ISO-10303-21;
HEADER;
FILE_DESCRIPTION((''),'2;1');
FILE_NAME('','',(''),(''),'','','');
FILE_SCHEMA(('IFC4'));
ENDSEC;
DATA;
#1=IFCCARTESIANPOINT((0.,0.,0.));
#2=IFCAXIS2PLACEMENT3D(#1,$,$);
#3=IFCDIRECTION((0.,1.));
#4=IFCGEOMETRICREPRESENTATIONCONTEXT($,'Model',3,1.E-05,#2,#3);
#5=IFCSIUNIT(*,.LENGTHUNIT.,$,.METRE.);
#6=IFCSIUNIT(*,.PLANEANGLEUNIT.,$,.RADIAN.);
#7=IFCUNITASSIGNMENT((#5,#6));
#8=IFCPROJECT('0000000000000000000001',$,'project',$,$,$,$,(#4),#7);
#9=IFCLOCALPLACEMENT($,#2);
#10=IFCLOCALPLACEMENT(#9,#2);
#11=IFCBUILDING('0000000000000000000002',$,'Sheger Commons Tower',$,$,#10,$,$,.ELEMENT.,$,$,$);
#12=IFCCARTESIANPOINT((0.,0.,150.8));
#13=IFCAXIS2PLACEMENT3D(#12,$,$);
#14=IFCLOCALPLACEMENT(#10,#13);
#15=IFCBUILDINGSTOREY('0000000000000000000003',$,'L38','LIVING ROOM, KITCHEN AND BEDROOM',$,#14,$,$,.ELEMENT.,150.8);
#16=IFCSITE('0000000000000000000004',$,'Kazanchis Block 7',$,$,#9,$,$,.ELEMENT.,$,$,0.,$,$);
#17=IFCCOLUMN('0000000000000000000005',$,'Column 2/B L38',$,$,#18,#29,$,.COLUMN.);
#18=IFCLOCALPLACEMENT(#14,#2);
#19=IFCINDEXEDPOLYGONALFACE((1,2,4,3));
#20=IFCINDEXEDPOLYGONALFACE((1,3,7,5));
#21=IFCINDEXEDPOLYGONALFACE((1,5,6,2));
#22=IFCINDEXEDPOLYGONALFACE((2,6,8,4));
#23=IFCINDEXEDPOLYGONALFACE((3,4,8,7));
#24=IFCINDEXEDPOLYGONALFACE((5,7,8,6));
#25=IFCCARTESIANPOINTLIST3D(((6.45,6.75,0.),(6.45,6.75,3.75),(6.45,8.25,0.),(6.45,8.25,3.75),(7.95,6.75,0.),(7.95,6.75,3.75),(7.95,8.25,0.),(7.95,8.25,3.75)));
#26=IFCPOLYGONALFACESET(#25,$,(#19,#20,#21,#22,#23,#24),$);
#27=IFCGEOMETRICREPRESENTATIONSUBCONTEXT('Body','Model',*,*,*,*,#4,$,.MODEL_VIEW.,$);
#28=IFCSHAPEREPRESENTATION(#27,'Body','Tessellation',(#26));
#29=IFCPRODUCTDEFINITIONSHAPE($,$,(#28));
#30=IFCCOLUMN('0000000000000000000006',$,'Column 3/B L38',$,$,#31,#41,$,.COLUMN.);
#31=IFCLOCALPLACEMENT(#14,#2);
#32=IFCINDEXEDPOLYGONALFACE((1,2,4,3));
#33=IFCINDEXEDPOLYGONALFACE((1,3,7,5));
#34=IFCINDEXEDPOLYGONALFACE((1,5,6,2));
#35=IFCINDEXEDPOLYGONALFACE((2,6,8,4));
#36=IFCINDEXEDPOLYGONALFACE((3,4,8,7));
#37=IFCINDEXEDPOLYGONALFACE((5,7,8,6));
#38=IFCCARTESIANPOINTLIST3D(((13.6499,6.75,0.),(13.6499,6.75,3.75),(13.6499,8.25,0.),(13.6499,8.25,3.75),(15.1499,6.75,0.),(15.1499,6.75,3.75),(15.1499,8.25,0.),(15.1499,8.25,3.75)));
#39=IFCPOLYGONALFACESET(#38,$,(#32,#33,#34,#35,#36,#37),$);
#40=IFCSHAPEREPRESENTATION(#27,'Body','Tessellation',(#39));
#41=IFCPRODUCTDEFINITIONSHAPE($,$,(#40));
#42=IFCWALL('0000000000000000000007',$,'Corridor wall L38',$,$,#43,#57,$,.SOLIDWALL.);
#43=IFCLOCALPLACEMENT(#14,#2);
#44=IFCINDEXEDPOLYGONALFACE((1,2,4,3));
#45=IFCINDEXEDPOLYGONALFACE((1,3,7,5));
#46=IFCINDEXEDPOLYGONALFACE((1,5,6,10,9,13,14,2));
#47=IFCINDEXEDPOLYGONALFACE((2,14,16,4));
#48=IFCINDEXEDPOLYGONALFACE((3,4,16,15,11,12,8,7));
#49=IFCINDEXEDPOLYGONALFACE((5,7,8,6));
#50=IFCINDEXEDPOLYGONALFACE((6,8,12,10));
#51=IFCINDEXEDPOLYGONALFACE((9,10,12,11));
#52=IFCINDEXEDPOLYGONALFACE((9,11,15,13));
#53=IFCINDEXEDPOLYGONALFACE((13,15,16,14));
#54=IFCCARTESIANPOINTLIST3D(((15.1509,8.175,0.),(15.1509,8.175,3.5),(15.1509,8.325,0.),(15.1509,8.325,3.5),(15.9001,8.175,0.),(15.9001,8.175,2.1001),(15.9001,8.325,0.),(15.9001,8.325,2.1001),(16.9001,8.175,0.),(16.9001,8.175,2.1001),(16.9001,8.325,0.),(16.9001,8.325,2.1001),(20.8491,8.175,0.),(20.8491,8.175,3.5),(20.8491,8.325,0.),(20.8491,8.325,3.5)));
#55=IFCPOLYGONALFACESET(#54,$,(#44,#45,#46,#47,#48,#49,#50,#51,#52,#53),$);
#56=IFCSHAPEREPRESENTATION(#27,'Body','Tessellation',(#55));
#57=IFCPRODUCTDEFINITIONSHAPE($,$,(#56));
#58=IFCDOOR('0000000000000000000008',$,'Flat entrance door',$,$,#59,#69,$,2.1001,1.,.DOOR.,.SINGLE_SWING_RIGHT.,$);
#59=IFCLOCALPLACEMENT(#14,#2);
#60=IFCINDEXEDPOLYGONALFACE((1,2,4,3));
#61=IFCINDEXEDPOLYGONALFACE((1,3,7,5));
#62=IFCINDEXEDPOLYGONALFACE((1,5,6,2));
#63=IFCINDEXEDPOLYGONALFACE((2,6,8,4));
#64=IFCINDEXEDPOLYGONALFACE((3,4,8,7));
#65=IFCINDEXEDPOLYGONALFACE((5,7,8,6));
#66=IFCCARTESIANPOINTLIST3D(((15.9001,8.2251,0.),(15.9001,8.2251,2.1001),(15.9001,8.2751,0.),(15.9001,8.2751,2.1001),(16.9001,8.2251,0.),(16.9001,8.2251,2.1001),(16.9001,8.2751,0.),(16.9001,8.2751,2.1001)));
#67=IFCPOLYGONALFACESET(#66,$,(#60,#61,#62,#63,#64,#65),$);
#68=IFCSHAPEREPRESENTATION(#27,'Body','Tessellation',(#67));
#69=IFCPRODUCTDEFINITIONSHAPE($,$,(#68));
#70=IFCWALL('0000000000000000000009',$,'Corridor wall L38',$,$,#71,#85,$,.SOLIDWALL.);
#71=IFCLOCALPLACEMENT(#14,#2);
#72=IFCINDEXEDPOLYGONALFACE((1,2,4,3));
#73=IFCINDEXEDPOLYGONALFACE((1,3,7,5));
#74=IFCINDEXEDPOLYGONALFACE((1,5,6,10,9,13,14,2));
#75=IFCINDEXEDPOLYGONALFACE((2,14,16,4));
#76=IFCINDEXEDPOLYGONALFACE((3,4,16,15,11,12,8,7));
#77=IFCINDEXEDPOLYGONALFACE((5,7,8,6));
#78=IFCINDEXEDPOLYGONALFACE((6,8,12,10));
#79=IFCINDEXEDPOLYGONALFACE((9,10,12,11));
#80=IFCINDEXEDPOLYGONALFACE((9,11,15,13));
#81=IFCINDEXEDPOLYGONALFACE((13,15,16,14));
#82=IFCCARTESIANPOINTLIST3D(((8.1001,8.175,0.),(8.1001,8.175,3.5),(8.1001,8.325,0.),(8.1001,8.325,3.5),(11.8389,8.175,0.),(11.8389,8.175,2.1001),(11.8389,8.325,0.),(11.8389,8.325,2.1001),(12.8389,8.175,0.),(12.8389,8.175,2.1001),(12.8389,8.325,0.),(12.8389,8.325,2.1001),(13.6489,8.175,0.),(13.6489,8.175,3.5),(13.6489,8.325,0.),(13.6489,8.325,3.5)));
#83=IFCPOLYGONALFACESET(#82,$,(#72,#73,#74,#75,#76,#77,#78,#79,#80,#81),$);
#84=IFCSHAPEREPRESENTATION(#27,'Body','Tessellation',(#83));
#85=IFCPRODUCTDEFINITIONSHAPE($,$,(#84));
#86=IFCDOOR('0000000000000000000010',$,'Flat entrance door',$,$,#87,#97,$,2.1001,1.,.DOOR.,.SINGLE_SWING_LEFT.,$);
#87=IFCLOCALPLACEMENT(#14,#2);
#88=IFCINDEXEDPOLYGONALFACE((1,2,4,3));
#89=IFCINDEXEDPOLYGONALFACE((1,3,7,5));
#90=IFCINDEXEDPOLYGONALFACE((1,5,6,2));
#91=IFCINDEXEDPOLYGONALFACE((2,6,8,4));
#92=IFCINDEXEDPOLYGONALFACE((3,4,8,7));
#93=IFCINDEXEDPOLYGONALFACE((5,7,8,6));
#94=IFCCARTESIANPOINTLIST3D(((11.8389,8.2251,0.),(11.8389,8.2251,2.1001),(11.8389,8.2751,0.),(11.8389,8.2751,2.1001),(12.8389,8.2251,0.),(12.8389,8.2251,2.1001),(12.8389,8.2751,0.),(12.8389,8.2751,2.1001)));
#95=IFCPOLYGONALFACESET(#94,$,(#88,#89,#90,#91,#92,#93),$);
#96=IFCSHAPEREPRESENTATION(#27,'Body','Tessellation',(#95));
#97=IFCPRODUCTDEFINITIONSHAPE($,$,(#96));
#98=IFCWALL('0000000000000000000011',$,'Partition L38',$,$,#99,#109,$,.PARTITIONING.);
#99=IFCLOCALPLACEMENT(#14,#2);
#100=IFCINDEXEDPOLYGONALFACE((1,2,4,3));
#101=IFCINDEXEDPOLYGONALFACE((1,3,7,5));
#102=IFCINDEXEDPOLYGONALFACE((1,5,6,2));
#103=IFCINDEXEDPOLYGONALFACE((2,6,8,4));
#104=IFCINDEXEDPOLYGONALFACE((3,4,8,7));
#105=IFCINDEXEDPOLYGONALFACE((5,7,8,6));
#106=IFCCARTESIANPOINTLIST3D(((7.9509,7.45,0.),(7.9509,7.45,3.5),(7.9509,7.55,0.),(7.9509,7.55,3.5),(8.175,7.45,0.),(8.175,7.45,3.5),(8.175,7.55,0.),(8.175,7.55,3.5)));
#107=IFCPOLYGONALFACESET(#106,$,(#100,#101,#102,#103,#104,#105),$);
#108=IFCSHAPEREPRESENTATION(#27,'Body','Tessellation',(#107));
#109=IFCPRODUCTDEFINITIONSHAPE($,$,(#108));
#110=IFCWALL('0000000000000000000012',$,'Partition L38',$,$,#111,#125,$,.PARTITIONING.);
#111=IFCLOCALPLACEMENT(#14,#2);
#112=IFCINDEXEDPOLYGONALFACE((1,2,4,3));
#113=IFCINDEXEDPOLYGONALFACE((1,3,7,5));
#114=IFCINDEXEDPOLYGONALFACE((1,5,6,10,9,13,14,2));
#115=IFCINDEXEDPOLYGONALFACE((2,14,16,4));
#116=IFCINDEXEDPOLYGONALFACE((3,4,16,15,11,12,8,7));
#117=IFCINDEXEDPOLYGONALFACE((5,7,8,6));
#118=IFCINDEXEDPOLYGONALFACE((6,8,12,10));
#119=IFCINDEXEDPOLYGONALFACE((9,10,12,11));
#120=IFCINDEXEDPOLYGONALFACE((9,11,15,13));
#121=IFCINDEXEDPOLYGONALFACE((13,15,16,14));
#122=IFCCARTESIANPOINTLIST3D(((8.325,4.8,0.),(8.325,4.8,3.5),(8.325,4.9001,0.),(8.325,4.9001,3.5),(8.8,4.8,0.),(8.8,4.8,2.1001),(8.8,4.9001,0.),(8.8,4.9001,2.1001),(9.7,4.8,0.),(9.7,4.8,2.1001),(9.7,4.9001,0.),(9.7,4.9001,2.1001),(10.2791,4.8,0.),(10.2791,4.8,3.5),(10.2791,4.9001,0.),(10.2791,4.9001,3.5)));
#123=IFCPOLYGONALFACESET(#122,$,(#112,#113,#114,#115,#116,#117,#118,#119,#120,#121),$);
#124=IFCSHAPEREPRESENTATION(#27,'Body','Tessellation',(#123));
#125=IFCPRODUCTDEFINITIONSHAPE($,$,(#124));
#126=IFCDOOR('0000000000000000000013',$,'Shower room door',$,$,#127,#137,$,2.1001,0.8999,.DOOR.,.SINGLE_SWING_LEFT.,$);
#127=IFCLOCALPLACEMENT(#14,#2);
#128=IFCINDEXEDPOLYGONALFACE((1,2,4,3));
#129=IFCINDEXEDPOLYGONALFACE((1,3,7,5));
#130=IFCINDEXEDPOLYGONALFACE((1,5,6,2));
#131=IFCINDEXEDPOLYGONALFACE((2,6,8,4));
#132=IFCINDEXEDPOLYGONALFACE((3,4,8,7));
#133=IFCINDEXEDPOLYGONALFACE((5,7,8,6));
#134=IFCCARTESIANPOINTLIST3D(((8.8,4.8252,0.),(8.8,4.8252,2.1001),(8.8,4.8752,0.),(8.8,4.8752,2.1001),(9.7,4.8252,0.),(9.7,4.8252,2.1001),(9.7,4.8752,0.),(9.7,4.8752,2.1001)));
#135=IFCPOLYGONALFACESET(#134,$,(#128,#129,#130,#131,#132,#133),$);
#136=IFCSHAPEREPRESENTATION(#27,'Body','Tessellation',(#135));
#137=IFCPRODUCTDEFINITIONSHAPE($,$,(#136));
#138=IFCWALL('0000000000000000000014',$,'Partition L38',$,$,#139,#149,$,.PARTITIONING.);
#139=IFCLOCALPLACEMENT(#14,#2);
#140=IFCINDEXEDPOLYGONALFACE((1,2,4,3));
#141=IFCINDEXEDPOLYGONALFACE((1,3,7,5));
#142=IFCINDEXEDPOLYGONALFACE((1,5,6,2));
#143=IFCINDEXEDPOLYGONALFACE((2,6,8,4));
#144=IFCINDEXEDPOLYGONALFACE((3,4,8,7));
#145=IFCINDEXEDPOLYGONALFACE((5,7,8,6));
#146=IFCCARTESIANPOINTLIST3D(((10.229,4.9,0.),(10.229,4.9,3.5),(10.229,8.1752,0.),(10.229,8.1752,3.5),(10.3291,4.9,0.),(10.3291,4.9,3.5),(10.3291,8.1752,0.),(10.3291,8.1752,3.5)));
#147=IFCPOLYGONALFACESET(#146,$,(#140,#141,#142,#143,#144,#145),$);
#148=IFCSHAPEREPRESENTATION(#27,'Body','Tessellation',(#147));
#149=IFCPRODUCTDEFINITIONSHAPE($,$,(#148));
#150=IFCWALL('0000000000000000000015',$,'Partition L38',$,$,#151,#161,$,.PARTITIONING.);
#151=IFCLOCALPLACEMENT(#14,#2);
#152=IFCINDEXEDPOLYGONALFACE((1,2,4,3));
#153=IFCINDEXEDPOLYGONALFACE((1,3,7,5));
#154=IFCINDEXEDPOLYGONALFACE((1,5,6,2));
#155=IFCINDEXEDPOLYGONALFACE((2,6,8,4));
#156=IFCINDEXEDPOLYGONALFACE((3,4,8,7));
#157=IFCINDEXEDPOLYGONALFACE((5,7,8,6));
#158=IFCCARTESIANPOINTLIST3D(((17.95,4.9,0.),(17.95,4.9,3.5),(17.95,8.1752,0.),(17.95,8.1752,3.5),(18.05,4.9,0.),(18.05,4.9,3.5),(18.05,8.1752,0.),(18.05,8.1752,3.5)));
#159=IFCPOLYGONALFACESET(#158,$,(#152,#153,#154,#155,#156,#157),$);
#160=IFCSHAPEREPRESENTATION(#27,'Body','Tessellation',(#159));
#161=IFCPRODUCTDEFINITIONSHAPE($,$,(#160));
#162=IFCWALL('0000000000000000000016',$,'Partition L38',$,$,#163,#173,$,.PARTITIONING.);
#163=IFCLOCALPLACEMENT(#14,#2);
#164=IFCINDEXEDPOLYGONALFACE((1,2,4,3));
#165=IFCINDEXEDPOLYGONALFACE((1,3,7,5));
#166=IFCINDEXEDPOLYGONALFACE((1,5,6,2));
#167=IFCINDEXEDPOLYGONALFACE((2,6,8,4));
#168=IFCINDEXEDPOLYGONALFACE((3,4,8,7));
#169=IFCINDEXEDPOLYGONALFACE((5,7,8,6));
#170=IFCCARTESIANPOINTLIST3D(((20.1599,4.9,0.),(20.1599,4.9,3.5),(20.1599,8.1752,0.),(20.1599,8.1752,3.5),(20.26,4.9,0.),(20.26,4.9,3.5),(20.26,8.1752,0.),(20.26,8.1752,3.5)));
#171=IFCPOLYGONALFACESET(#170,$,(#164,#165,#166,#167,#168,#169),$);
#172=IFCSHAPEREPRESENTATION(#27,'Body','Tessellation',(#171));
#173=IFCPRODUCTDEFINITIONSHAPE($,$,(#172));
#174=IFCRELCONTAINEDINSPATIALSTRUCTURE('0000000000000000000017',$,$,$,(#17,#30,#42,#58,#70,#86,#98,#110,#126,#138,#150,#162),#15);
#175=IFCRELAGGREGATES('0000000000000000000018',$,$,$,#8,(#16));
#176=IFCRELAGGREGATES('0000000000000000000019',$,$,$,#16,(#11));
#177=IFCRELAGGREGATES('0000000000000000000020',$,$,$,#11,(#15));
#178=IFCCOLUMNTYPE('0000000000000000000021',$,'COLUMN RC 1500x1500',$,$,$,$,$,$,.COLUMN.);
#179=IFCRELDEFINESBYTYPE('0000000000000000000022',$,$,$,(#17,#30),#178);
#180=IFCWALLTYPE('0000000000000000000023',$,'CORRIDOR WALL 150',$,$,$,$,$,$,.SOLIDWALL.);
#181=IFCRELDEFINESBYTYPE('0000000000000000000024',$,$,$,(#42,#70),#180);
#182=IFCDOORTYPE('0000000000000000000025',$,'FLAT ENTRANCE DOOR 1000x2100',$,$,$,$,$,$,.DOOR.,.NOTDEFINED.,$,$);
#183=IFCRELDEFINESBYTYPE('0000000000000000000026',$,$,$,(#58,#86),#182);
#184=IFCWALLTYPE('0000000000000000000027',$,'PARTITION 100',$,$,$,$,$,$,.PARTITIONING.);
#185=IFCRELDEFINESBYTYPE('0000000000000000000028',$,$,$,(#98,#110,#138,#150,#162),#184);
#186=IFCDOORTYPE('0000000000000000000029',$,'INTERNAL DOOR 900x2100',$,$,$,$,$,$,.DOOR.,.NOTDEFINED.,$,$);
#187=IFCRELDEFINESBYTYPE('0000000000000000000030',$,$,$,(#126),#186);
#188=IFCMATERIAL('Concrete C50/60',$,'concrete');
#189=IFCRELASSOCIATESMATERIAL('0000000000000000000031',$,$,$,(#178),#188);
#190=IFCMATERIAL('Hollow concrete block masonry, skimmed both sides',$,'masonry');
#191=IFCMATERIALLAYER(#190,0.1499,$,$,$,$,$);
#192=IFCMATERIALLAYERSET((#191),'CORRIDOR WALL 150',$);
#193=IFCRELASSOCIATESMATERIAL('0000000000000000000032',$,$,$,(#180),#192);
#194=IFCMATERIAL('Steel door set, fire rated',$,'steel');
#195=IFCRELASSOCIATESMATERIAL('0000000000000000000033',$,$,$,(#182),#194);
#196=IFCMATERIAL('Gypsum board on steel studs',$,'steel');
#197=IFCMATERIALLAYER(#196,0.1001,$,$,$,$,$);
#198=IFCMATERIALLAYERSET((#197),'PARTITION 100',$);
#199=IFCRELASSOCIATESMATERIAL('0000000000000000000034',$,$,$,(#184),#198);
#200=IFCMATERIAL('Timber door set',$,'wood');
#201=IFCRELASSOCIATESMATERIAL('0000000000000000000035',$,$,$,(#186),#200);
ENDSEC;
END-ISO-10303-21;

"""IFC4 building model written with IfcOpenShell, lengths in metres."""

from ifc_helpers import new_model, si_unit, direction, frame, frame_2d, origin, origin_2d, place, context, subcontext, project, spatial, rectangle, extrude, material, layer, layer_set, material_profile, profile_set, type_object, element, fill, save


model = new_model("IFC4")

# Units and contexts
model_context = context("Model", 3, precision=1e-05, world=origin(), true_north=direction((0.0, 1.0)))
body_context = subcontext(model_context, "Body", "Model", "MODEL_VIEW")
ifc_project = project(units=[si_unit("LENGTHUNIT", "METRE"), si_unit("PLANEANGLEUNIT", "RADIAN")], contexts=[model_context])

# Site, building, storey
site_placement = place(None, origin())
site = spatial("IfcSite", under=ifc_project, at=site_placement, Name="Kazanchis Block 7", CompositionType="ELEMENT", RefElevation=0.0)
building_placement = place(site_placement, origin())
building = spatial("IfcBuilding", under=site, at=building_placement, Name="Sheger Commons Tower", CompositionType="ELEMENT")
storey_placement = place(building_placement, frame((0.0, 0.0, 150.8)))
storey = spatial("IfcBuildingStorey", under=building, at=storey_placement, Name="L38", Description="LIVING ROOM, KITCHEN AND BEDROOM", CompositionType="ELEMENT", Elevation=150.8)

# Columns
ifc_material_1 = material(Name="Concrete C50/60", Category="concrete")
ifc_material_profile = material_profile(ifc_material_1, rectangle(XDim=1.5, YDim=1.5, at=origin_2d()), Name="RC 1500x1500")
ifc_profile_set = profile_set([ifc_material_profile], Name="Concrete C50/60")
column_type = type_object("IfcColumnType", Name="COLUMN RC 1500x1500", PredefinedType="COLUMN", material=ifc_profile_set)
for number, where, z_axis, x_axis, name in (
    (1, (7.2, 7.5, 0.0), (0.0, 0.0, 1.0), (1.0, 0.0, 0.0), "Column 2/B L38"),
    (2, (14.3999, 7.5, 0.0), (0.0, 0.0, 1.0), (1.0, 0.0, 0.0), "Column 3/B L38"),
):
    element("IfcColumn", number, at=place(storey_placement, frame(where, z_axis=z_axis, x_axis=x_axis)), inside=storey, type_object=column_type, Name=name, PredefinedType="COLUMN", context=body_context, shape_type="SweptSolid", body=[
        extrude(rectangle(XDim=1.5, YDim=1.5, at=origin_2d()), origin(), (0.0, 0.0, 1.0), 3.75),
    ])

# Walls, openings, doors
ifc_material_2 = material(Name="Hollow concrete block masonry, skimmed both sides", Category="masonry")
ifc_layer_1 = layer(ifc_material_2, 0.1499)
ifc_layer_set_1 = layer_set([ifc_layer_1], Name="CORRIDOR WALL 150")
wall_type_1 = type_object("IfcWallType", Name="CORRIDOR WALL 150", PredefinedType="SOLIDWALL", material=ifc_layer_set_1)
wall_1_placement = place(storey_placement, frame((20.8491, 8.25, 0.0), z_axis=(0.0, 0.0, 1.0), x_axis=(-1.0, 0.0, 0.0)))
wall_1 = element("IfcWall", 3, at=wall_1_placement, inside=storey, type_object=wall_type_1, Name="Corridor wall L38", PredefinedType="SOLIDWALL", context=body_context, shape_type="SweptSolid", body=[
    extrude(rectangle(XDim=5.6982, YDim=0.1499, at=frame_2d((2.8491, 0.0))), origin(), (0.0, 0.0, 1.0), 3.5),
])
opening_1_placement = place(wall_1_placement, frame((3.949, 0.0, 0.0)))
opening_1 = element("IfcOpeningElement", 4, at=opening_1_placement, cuts=wall_1, PredefinedType="OPENING", context=body_context, shape_type="SweptSolid", body=[
    extrude(rectangle(XDim=1.0, YDim=2.1001, at=frame_2d((0.5, 1.05))), frame((0.0, 0.085, 0.0), z_axis=(0.0, -1.0, 0.0), x_axis=(1.0, 0.0, 0.0)), (0.0, 0.0, 1.0), 0.1699),
])
ifc_material_3 = material(Name="Steel door set, fire rated", Category="steel")
door_type_1 = type_object("IfcDoorType", Name="FLAT ENTRANCE DOOR 1000x2100", OperationType="NOTDEFINED", PredefinedType="DOOR", material=ifc_material_3)
door_1_placement = place(opening_1_placement, origin())
door_1 = element("IfcDoor", 5, at=door_1_placement, inside=storey, type_object=door_type_1, Name="Flat entrance door", OperationType="SINGLE_SWING_RIGHT", OverallHeight=2.1001, OverallWidth=1.0, PredefinedType="DOOR", context=body_context, shape_type="SweptSolid", body=[
    extrude(rectangle(XDim=1.0, YDim=2.1001, at=frame_2d((0.5, 1.05))), frame((0.0, 0.0249, 0.0), z_axis=(0.0, -1.0, 0.0), x_axis=(1.0, 0.0, 0.0)), (0.0, 0.0, 1.0), 0.05),
])
fill(opening_1, door_1)
wall_2_placement = place(storey_placement, frame((13.6489, 8.25, 0.0), z_axis=(0.0, 0.0, 1.0), x_axis=(-1.0, 0.0, 0.0)))
wall_2 = element("IfcWall", 6, at=wall_2_placement, inside=storey, type_object=wall_type_1, Name="Corridor wall L38", PredefinedType="SOLIDWALL", context=body_context, shape_type="SweptSolid", body=[
    extrude(rectangle(XDim=5.5488, YDim=0.1499, at=frame_2d((2.7744, 0.0))), origin(), (0.0, 0.0, 1.0), 3.5),
])
opening_2_placement = place(wall_2_placement, frame((0.8101, 0.0, 0.0)))
opening_2 = element("IfcOpeningElement", 7, at=opening_2_placement, cuts=wall_2, PredefinedType="OPENING", context=body_context, shape_type="SweptSolid", body=[
    extrude(rectangle(XDim=1.0, YDim=2.1001, at=frame_2d((0.5, 1.05))), frame((0.0, 0.085, 0.0), z_axis=(0.0, -1.0, 0.0), x_axis=(1.0, 0.0, 0.0)), (0.0, 0.0, 1.0), 0.1699),
])
door_2_placement = place(opening_2_placement, origin())
door_2 = element("IfcDoor", 8, at=door_2_placement, inside=storey, type_object=door_type_1, Name="Flat entrance door", OperationType="SINGLE_SWING_LEFT", OverallHeight=2.1001, OverallWidth=1.0, PredefinedType="DOOR", context=body_context, shape_type="SweptSolid", body=[
    extrude(rectangle(XDim=1.0, YDim=2.1001, at=frame_2d((0.5, 1.05))), frame((0.0, 0.0249, 0.0), z_axis=(0.0, -1.0, 0.0), x_axis=(1.0, 0.0, 0.0)), (0.0, 0.0, 1.0), 0.05),
])
fill(opening_2, door_2)

# Wall
ifc_material_4 = material(Name="Gypsum board on steel studs", Category="steel")
ifc_layer_2 = layer(ifc_material_4, 0.1001)
ifc_layer_set_2 = layer_set([ifc_layer_2], Name="PARTITION 100")
wall_type_2 = type_object("IfcWallType", Name="PARTITION 100", PredefinedType="PARTITIONING", material=ifc_layer_set_2)
wall_3_placement = place(storey_placement, frame((7.9509, 7.5, 0.0), z_axis=(0.0, 0.0, 1.0), x_axis=(1.0, 0.0, 0.0)))
element("IfcWall", 9, at=wall_3_placement, inside=storey, type_object=wall_type_2, Name="Partition L38", PredefinedType="PARTITIONING", context=body_context, shape_type="SweptSolid", body=[
    extrude(rectangle(XDim=0.2241, YDim=0.1001, at=frame_2d((0.1121, 0.0))), origin(), (0.0, 0.0, 1.0), 3.5),
])

# Wall, opening, door
wall_4_placement = place(storey_placement, frame((10.2791, 4.8501, 0.0), z_axis=(0.0, 0.0, 1.0), x_axis=(-1.0, 0.0, 0.0)))
wall_4 = element("IfcWall", 10, at=wall_4_placement, inside=storey, type_object=wall_type_2, Name="Partition L38", PredefinedType="PARTITIONING", context=body_context, shape_type="SweptSolid", body=[
    extrude(rectangle(XDim=1.9541, YDim=0.1001, at=frame_2d((0.9771, 0.0))), origin(), (0.0, 0.0, 1.0), 3.5),
])
opening_3_placement = place(wall_4_placement, frame((0.5791, 0.0, 0.0)))
opening_3 = element("IfcOpeningElement", 11, at=opening_3_placement, cuts=wall_4, PredefinedType="OPENING", context=body_context, shape_type="SweptSolid", body=[
    extrude(rectangle(XDim=0.8999, YDim=2.1001, at=frame_2d((0.45, 1.05))), frame((0.0, 0.0601, 0.0), z_axis=(0.0, -1.0, 0.0), x_axis=(1.0, 0.0, 0.0)), (0.0, 0.0, 1.0), 0.1201),
])
ifc_material_5 = material(Name="Timber door set", Category="wood")
door_type_2 = type_object("IfcDoorType", Name="INTERNAL DOOR 900x2100", OperationType="NOTDEFINED", PredefinedType="DOOR", material=ifc_material_5)
door_3_placement = place(opening_3_placement, origin())
door_3 = element("IfcDoor", 12, at=door_3_placement, inside=storey, type_object=door_type_2, Name="Shower room door", OperationType="SINGLE_SWING_LEFT", OverallHeight=2.1001, OverallWidth=0.8999, PredefinedType="DOOR", context=body_context, shape_type="SweptSolid", body=[
    extrude(rectangle(XDim=0.8999, YDim=2.1001, at=frame_2d((0.45, 1.05))), frame((0.0, 0.0249, 0.0), z_axis=(0.0, -1.0, 0.0), x_axis=(1.0, 0.0, 0.0)), (0.0, 0.0, 1.0), 0.05),
])
fill(opening_3, door_3)

# Walls
for number, where, z_axis, x_axis, name in (
    (13, (10.2791, 4.8999, 0.0), (0.0, 0.0, 1.0), (0.0, 1.0, 0.0), "Partition L38"),
    (14, (18.0, 4.8999, 0.0), (0.0, 0.0, 1.0), (0.0, 1.0, 0.0), "Partition L38"),
    (15, (20.21, 4.8999, 0.0), (0.0, 0.0, 1.0), (0.0, 1.0, 0.0), "Partition L38"),
):
    element("IfcWall", number, at=place(storey_placement, frame(where, z_axis=z_axis, x_axis=x_axis)), inside=storey, type_object=wall_type_2, Name=name, PredefinedType="PARTITIONING", context=body_context, shape_type="SweptSolid", body=[
        extrude(rectangle(XDim=3.2751, YDim=0.1001, at=frame_2d((1.6377, 0.0))), origin(), (0.0, 0.0, 1.0), 3.5),
    ])

save(model, "model.ifc")
